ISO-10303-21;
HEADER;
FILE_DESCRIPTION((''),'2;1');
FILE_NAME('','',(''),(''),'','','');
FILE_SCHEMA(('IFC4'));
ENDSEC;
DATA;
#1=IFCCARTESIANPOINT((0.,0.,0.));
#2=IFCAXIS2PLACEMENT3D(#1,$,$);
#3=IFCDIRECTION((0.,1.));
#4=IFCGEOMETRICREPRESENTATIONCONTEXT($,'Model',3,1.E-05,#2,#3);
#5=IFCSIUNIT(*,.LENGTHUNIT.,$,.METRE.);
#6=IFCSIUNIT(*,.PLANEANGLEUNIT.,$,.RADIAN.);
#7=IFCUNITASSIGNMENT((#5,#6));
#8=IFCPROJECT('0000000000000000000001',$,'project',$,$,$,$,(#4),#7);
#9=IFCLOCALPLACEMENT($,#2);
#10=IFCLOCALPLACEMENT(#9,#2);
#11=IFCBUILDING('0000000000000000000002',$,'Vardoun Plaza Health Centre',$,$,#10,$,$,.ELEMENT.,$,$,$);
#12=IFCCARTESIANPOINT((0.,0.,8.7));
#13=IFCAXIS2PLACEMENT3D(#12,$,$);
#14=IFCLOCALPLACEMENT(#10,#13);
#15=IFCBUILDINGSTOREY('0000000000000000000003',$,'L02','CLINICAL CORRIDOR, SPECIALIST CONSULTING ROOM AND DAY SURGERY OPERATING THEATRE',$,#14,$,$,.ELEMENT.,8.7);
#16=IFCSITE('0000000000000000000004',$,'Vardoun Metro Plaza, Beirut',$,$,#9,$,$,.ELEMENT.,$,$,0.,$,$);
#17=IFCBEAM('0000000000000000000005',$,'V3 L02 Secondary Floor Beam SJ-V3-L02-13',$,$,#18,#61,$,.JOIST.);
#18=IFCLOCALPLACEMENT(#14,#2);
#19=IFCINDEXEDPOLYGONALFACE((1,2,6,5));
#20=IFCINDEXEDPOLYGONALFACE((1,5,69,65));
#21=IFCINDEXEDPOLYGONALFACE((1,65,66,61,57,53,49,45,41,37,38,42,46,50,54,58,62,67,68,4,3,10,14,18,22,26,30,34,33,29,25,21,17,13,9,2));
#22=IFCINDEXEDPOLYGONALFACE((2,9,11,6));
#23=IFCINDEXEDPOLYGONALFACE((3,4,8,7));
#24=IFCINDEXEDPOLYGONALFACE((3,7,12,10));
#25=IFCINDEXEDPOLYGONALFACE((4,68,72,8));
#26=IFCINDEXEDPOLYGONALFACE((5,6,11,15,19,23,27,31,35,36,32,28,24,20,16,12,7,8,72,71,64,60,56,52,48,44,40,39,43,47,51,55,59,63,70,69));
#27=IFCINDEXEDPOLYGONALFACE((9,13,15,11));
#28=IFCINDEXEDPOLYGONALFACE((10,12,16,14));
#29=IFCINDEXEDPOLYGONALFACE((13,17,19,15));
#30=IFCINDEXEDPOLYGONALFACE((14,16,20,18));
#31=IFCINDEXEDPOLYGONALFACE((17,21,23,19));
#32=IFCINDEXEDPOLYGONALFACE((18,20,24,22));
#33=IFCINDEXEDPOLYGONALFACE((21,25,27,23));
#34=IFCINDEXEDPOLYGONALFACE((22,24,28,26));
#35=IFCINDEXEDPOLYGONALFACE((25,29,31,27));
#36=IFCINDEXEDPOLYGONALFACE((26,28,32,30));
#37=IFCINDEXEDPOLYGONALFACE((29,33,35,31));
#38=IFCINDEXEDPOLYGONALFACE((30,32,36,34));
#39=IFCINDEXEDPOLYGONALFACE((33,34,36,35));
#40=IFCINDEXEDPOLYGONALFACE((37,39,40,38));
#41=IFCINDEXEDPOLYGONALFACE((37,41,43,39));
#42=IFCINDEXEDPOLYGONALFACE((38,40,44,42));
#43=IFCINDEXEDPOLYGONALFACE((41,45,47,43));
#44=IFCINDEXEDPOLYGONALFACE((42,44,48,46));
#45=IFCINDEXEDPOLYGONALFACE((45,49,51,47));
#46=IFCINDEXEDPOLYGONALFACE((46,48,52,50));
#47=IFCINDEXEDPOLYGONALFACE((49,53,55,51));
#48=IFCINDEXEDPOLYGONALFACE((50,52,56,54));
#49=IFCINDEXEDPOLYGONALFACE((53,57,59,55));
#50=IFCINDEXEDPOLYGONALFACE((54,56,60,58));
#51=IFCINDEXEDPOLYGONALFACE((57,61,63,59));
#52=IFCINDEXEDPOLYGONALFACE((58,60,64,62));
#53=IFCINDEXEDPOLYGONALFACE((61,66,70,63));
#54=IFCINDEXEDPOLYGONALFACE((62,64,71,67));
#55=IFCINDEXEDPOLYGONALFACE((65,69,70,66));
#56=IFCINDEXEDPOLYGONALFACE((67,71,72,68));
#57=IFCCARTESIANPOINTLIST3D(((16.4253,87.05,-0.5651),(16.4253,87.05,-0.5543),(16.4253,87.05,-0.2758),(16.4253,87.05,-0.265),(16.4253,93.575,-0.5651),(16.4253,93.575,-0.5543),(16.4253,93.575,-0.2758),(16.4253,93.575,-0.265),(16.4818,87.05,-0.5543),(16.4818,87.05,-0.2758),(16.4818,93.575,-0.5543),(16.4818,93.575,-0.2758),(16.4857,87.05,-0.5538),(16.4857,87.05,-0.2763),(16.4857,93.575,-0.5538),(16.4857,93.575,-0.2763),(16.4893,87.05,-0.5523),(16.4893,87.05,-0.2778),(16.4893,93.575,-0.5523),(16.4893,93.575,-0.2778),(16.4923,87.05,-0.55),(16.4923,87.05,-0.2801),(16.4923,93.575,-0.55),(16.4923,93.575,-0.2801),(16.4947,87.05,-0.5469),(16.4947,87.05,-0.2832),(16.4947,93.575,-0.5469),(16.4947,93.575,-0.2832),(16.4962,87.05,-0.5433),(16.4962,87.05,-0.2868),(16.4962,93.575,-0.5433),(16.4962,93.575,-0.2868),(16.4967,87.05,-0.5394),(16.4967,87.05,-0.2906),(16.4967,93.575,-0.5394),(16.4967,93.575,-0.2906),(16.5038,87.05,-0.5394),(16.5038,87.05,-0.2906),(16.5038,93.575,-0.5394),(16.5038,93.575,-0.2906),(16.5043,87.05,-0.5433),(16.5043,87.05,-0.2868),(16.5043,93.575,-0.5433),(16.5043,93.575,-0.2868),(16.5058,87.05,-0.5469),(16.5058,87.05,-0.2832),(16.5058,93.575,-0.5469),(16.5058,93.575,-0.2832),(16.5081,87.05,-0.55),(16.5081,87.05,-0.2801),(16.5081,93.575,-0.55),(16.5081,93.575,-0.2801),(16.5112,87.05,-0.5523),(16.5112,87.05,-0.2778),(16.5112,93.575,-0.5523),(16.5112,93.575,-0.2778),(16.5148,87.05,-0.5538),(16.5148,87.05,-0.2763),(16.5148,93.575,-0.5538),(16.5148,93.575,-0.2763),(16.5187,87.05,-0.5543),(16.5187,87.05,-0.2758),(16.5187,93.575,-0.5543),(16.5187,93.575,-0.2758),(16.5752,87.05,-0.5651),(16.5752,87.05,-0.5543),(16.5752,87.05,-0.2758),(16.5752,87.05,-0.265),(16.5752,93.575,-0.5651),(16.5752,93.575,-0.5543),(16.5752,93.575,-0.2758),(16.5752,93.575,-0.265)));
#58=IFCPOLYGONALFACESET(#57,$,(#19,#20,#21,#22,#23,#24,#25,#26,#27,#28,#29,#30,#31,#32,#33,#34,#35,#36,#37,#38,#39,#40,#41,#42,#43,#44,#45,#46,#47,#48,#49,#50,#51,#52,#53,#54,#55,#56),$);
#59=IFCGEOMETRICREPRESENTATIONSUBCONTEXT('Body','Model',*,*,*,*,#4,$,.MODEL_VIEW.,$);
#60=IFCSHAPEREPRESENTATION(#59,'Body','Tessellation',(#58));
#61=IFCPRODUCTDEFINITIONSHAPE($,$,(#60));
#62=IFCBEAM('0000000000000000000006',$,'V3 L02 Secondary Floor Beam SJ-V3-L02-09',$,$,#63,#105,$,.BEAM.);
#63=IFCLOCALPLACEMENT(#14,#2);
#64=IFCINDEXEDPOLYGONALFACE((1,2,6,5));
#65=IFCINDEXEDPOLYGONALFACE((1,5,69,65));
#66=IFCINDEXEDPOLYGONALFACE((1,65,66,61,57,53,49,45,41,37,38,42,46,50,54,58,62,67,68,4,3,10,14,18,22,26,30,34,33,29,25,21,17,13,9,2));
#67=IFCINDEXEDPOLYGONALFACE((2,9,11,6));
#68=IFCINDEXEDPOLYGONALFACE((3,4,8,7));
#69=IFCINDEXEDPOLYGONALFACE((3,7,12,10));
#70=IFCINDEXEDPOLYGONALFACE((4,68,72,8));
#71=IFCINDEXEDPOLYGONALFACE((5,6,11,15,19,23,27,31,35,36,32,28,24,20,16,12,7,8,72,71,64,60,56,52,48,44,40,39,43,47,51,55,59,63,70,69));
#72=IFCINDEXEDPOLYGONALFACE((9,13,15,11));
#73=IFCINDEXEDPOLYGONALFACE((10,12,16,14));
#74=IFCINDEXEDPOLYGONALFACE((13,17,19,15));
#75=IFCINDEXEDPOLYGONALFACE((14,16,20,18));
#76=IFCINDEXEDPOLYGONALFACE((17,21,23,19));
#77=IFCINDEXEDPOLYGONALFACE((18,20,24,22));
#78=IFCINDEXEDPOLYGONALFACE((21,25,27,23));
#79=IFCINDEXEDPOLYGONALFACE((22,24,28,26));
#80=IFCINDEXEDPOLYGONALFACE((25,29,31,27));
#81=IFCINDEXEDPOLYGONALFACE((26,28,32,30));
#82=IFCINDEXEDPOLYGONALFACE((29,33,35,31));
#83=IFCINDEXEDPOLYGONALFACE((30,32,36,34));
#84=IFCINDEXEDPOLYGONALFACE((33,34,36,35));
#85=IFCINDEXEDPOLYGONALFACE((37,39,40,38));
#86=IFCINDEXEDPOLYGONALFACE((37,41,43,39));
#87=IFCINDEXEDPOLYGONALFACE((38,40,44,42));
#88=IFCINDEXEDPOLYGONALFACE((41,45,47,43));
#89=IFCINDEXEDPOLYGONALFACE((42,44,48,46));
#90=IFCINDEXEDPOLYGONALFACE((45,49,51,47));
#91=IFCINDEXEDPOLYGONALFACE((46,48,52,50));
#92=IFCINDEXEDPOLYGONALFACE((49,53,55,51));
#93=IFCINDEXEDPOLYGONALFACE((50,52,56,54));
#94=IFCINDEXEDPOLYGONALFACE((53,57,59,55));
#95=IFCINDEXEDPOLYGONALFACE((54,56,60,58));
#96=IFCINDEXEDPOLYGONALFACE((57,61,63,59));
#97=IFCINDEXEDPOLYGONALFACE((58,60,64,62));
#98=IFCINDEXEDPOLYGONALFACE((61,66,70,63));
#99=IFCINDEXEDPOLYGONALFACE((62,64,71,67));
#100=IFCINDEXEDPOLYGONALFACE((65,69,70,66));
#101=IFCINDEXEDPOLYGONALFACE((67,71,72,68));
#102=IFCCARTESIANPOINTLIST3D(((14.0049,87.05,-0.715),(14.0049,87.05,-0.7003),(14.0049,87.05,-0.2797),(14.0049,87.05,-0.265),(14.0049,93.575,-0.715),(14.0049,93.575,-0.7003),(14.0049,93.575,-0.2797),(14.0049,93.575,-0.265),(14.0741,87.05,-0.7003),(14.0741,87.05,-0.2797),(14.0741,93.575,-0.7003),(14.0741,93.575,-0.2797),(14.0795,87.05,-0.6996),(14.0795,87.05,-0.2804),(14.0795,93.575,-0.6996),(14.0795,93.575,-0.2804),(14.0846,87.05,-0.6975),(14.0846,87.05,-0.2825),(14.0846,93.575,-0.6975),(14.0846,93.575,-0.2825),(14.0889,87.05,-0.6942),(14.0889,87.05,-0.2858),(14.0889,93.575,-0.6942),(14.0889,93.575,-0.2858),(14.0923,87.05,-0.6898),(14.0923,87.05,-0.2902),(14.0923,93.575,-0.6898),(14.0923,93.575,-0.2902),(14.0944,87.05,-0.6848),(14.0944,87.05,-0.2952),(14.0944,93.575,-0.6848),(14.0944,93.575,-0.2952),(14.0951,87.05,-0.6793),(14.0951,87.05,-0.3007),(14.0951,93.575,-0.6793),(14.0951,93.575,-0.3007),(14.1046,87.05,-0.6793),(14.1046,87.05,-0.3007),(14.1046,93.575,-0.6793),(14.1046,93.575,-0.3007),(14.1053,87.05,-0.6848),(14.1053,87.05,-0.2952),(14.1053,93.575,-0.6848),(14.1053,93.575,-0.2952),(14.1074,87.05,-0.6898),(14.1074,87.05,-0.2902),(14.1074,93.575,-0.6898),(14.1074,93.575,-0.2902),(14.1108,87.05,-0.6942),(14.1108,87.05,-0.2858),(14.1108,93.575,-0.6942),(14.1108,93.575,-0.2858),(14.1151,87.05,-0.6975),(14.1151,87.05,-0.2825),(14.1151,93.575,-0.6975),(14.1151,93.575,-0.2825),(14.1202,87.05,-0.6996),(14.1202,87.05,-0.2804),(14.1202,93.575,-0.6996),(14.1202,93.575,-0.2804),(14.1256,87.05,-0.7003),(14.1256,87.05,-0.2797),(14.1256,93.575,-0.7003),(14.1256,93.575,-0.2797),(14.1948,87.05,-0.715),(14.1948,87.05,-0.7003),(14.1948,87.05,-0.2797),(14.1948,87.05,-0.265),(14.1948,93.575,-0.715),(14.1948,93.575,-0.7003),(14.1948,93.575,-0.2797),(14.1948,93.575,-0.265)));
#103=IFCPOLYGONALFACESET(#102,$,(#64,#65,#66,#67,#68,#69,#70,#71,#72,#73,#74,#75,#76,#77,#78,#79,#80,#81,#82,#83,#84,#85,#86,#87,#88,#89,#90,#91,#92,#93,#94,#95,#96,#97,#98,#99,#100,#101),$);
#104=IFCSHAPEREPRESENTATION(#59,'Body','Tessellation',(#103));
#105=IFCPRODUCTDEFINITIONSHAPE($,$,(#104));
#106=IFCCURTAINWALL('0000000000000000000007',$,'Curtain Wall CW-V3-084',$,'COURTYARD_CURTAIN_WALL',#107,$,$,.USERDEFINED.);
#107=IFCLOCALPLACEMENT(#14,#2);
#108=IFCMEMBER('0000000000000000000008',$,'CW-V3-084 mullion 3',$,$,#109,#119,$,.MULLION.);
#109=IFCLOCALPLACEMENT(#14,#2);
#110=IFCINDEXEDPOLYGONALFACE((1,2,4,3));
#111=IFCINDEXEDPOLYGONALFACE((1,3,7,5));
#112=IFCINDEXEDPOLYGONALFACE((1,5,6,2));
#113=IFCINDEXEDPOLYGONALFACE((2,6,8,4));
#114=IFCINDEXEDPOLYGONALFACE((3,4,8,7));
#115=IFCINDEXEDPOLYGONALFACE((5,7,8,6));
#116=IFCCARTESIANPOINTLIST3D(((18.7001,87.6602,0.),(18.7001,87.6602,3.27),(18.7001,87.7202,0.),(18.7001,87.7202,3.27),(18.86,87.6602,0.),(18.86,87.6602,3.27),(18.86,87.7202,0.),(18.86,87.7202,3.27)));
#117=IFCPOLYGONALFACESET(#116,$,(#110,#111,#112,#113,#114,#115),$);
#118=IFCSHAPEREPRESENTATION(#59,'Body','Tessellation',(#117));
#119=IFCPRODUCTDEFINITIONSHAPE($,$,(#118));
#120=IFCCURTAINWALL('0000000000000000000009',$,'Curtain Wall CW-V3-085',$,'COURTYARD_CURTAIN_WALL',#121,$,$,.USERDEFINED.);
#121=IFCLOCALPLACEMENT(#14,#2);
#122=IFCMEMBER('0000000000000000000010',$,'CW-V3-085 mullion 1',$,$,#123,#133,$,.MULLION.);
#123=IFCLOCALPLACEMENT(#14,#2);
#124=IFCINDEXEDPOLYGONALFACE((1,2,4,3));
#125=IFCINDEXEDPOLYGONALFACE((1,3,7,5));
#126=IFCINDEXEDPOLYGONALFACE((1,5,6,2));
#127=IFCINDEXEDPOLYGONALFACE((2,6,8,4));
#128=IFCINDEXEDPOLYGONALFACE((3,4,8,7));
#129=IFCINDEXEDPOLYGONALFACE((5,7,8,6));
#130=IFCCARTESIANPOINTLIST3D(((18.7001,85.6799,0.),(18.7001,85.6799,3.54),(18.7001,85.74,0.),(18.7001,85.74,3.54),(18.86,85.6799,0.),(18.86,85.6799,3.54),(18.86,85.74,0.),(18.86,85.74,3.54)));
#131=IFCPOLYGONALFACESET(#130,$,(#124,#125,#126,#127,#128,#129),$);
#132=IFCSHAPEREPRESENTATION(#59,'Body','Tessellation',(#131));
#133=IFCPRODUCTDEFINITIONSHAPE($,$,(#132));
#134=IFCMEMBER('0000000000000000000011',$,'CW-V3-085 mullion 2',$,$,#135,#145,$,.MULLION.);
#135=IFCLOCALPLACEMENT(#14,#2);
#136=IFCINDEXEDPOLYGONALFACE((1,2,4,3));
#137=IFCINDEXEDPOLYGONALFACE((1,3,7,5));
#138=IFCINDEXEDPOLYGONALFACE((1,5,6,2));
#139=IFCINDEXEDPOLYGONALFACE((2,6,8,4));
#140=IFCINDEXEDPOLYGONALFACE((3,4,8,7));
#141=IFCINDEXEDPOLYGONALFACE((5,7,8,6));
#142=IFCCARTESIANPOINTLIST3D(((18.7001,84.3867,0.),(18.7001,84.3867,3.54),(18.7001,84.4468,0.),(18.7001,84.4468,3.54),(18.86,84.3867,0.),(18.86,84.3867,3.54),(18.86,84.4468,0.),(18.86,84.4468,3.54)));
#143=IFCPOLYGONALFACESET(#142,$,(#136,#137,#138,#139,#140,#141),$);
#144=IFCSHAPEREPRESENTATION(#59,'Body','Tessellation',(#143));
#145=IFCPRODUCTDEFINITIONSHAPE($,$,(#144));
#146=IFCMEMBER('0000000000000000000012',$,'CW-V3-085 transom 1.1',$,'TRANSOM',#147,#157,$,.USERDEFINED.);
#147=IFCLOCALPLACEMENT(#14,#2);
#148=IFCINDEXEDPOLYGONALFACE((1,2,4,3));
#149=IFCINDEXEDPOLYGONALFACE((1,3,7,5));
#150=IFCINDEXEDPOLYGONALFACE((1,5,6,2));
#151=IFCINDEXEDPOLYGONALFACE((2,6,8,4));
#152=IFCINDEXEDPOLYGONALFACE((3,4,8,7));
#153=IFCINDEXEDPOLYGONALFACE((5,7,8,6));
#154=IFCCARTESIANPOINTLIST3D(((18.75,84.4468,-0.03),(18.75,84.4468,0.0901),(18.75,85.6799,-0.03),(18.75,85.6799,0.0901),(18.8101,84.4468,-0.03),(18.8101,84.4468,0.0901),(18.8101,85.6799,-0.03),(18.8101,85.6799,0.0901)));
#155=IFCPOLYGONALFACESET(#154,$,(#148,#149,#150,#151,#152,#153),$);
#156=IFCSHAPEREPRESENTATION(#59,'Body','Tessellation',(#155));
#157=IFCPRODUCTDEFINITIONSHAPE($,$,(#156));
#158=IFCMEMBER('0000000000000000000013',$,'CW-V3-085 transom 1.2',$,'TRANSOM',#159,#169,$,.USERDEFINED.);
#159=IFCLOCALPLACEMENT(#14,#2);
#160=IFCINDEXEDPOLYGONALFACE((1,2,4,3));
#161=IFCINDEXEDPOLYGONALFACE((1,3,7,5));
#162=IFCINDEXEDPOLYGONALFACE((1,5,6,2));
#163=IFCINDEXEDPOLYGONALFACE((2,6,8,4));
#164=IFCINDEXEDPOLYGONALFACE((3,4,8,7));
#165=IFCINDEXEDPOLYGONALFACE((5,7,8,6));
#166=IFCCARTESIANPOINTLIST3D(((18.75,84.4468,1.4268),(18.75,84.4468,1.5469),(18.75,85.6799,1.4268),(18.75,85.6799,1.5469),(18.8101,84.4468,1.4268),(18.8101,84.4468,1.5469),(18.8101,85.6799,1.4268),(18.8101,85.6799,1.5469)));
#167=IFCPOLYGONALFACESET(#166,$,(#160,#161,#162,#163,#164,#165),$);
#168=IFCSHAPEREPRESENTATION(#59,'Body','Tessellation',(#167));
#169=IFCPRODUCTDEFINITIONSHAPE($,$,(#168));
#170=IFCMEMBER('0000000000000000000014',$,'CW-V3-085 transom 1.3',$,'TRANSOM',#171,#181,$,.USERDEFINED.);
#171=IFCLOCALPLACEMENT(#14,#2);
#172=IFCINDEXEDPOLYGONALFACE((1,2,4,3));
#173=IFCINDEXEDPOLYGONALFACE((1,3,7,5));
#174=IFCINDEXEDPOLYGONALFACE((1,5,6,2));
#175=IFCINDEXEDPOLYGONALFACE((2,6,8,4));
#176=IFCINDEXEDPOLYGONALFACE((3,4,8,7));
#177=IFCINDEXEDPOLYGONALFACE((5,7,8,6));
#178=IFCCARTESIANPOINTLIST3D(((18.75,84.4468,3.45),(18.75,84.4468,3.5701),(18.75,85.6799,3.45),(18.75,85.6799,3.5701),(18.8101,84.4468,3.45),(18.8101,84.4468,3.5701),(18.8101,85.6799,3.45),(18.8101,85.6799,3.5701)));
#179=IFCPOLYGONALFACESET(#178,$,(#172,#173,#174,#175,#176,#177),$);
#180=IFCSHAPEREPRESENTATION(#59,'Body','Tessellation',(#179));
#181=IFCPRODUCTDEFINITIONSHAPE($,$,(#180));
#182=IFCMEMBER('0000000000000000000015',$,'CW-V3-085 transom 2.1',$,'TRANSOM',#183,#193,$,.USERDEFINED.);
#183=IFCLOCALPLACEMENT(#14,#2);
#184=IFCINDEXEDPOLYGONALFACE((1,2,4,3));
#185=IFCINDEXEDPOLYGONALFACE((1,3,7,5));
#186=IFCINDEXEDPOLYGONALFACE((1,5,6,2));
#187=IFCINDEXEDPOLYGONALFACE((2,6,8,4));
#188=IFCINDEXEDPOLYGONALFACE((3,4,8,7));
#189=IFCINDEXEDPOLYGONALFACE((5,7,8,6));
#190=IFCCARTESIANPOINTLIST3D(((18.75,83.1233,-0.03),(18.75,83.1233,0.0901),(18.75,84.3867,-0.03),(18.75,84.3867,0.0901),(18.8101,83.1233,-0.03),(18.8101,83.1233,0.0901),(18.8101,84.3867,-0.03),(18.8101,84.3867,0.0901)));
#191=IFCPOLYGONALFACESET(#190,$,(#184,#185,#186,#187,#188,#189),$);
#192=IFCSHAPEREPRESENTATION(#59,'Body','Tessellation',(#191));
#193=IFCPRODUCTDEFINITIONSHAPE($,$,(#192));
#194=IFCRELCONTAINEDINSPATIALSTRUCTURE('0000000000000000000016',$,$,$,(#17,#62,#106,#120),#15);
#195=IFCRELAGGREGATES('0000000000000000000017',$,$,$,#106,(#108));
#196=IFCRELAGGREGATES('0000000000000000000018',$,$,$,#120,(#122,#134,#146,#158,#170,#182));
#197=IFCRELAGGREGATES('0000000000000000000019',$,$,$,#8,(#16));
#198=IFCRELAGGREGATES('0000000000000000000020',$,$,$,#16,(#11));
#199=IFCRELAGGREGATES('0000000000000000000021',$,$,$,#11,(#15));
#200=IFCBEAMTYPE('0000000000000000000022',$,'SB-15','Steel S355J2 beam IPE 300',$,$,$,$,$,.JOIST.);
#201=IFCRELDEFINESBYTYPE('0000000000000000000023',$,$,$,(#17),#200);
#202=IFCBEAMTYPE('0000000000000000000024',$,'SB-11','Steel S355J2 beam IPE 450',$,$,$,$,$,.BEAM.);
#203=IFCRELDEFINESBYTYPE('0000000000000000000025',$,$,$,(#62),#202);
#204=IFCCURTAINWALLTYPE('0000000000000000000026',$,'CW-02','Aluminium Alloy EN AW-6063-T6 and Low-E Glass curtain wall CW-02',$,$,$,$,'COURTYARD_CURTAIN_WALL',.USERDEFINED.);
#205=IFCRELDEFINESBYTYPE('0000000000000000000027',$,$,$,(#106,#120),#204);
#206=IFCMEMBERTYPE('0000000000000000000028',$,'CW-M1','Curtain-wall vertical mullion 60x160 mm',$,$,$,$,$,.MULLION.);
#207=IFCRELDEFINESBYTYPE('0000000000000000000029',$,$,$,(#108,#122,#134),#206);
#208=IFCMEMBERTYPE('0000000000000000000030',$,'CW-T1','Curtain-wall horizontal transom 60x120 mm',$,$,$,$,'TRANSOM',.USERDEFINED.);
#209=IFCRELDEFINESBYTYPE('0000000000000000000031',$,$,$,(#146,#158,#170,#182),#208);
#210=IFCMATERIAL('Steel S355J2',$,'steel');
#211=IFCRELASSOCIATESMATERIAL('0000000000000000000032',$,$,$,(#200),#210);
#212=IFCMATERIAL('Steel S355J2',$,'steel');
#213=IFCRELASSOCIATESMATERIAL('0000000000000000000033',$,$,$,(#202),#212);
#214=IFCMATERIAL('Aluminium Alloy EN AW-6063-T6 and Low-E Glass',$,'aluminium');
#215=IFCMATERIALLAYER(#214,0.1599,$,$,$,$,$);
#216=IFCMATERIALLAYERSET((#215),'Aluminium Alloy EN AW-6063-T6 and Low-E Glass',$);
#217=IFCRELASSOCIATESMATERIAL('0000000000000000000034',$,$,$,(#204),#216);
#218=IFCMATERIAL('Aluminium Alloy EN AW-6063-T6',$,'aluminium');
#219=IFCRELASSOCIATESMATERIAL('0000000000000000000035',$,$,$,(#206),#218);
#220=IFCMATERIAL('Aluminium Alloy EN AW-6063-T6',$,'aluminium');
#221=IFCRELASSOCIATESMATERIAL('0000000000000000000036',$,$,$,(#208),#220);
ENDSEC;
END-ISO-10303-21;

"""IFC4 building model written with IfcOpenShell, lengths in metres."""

from ifc_helpers import new_model, si_unit, direction, frame, origin, origin_2d, place, context, subcontext, project, spatial, rectangle, i_section, extrude, material, layer, layer_set, material_profile, profile_set, type_object, element, aggregate, save


model = new_model("IFC4")

# Units and contexts
model_context = context("Model", 3, precision=1e-05, world=origin(), true_north=direction((0.0, 1.0)))
body_context = subcontext(model_context, "Body", "Model", "MODEL_VIEW")
ifc_project = project(units=[si_unit("LENGTHUNIT", "METRE"), si_unit("PLANEANGLEUNIT", "RADIAN")], contexts=[model_context])

# Site, building, storey
site_placement = place(None, origin())
site = spatial("IfcSite", under=ifc_project, at=site_placement, Name="Vardoun Metro Plaza, Beirut", CompositionType="ELEMENT", RefElevation=0.0)
building_placement = place(site_placement, origin())
building = spatial("IfcBuilding", under=site, at=building_placement, Name="Vardoun Plaza Health Centre", CompositionType="ELEMENT")
storey_placement = place(building_placement, frame((0.0, 0.0, 8.7)))
storey = spatial("IfcBuildingStorey", under=building, at=storey_placement, Name="L02", Description="CLINICAL CORRIDOR, SPECIALIST CONSULTING ROOM AND DAY SURGERY OPERATING THEATRE", CompositionType="ELEMENT", Elevation=8.7)

# Beams
ifc_material_1 = material(Name="Steel S355J2", Category="steel")
ifc_material_profile_1 = material_profile(ifc_material_1, i_section(OverallWidth=0.1499, OverallDepth=0.3, WebThickness=0.0071, FlangeThickness=0.0107, FilletRadius=0.0149, at=origin_2d()), Name="IPE 300")
ifc_profile_set_1 = profile_set([ifc_material_profile_1], Name="Steel S355J2")
beam_type_1 = type_object("IfcBeamType", Name="SB-15", Description="Steel S355J2 beam IPE 300", PredefinedType="JOIST", material=ifc_profile_set_1)
beam_1_placement = place(storey_placement, frame((16.5002, 87.05, -0.415), z_axis=(0.0, 1.0, 0.0), x_axis=(-1.0, 0.0, 0.0)))
element("IfcBeam", 1, at=beam_1_placement, inside=storey, type_object=beam_type_1, Name="V3 L02 Secondary Floor Beam SJ-V3-L02-13", PredefinedType="JOIST", context=body_context, shape_type="SweptSolid", body=[
    extrude(i_section(OverallWidth=0.1499, OverallDepth=0.3, WebThickness=0.0071, FlangeThickness=0.0107, FilletRadius=0.0149, at=origin_2d()), origin(), (0.0, 0.0, 1.0), 6.5249),
])
ifc_material_2 = material(Name="Steel S355J2", Category="steel")
ifc_material_profile_2 = material_profile(ifc_material_2, i_section(OverallWidth=0.1899, OverallDepth=0.45, WebThickness=0.0095, FlangeThickness=0.0146, FilletRadius=0.021, at=origin_2d()), Name="IPE 450")
ifc_profile_set_2 = profile_set([ifc_material_profile_2], Name="Steel S355J2")
beam_type_2 = type_object("IfcBeamType", Name="SB-11", Description="Steel S355J2 beam IPE 450", PredefinedType="BEAM", material=ifc_profile_set_2)
beam_2_placement = place(storey_placement, frame((14.0999, 87.05, -0.49), z_axis=(0.0, 1.0, 0.0), x_axis=(-1.0, 0.0, 0.0)))
element("IfcBeam", 2, at=beam_2_placement, inside=storey, type_object=beam_type_2, Name="V3 L02 Secondary Floor Beam SJ-V3-L02-09", PredefinedType="BEAM", context=body_context, shape_type="SweptSolid", body=[
    extrude(i_section(OverallWidth=0.1899, OverallDepth=0.45, WebThickness=0.0095, FlangeThickness=0.0146, FilletRadius=0.021, at=origin_2d()), origin(), (0.0, 0.0, 1.0), 6.5249),
])

# Curtain wall, member
ifc_material_3 = material(Name="Aluminium Alloy EN AW-6063-T6 and Low-E Glass", Category="aluminium")
ifc_layer_1 = layer(ifc_material_3, 0.1599)
ifc_layer_set_1 = layer_set([ifc_layer_1], Name="Aluminium Alloy EN AW-6063-T6 and Low-E Glass")
curtain_wall_type = type_object("IfcCurtainWallType", Name="CW-02", Description="Aluminium Alloy EN AW-6063-T6 and Low-E Glass curtain wall CW-02", ElementType="COURTYARD_CURTAIN_WALL", PredefinedType="USERDEFINED", material=ifc_layer_set_1)
curtain_wall_1_placement = place(storey_placement, origin())
curtain_wall_1 = element("IfcCurtainWall", 3, at=curtain_wall_1_placement, inside=storey, type_object=curtain_wall_type, Name="Curtain Wall CW-V3-084", ObjectType="COURTYARD_CURTAIN_WALL", PredefinedType="USERDEFINED")
ifc_material_4 = material(Name="Aluminium Alloy EN AW-6063-T6", Category="aluminium")
ifc_material_profile_3 = material_profile(ifc_material_4, rectangle(XDim=0.1599, YDim=0.0601, at=origin_2d()), Name="CWM 60x160")
ifc_profile_set_3 = profile_set([ifc_material_profile_3], Name="Aluminium Alloy EN AW-6063-T6")
member_type_1 = type_object("IfcMemberType", Name="CW-M1", Description="Curtain-wall vertical mullion 60x160 mm", PredefinedType="MULLION", material=ifc_profile_set_3)
member_1_placement = place(storey_placement, frame((18.78, 87.6902, 0.0), z_axis=(0.0, 0.0, 1.0), x_axis=(1.0, 0.0, 0.0)))
member_1 = element("IfcMember", 4, at=member_1_placement, type_object=member_type_1, Name="CW-V3-084 mullion 3", PredefinedType="MULLION", context=body_context, shape_type="SweptSolid", body=[
    extrude(rectangle(XDim=0.1599, YDim=0.0601, at=origin_2d()), origin(), (0.0, 0.0, 1.0), 3.27),
])

# Curtain wall, members
curtain_wall_2_placement = place(storey_placement, origin())
curtain_wall_2 = element("IfcCurtainWall", 5, at=curtain_wall_2_placement, inside=storey, type_object=curtain_wall_type, Name="Curtain Wall CW-V3-085", ObjectType="COURTYARD_CURTAIN_WALL", PredefinedType="USERDEFINED")
member_2_placement = place(storey_placement, frame((18.78, 85.71, 0.0), z_axis=(0.0, 0.0, 1.0), x_axis=(1.0, 0.0, 0.0)))
member_2 = element("IfcMember", 6, at=member_2_placement, type_object=member_type_1, Name="CW-V3-085 mullion 1", PredefinedType="MULLION", context=body_context, shape_type="SweptSolid", body=[
    extrude(rectangle(XDim=0.1599, YDim=0.0601, at=origin_2d()), origin(), (0.0, 0.0, 1.0), 3.54),
])
member_3_placement = place(storey_placement, frame((18.78, 84.4167, 0.0), z_axis=(0.0, 0.0, 1.0), x_axis=(1.0, 0.0, 0.0)))
member_3 = element("IfcMember", 7, at=member_3_placement, type_object=member_type_1, Name="CW-V3-085 mullion 2", PredefinedType="MULLION", context=body_context, shape_type="SweptSolid", body=[
    extrude(rectangle(XDim=0.1599, YDim=0.0601, at=origin_2d()), origin(), (0.0, 0.0, 1.0), 3.54),
])
ifc_material_5 = material(Name="Aluminium Alloy EN AW-6063-T6", Category="aluminium")
ifc_material_profile_4 = material_profile(ifc_material_5, rectangle(XDim=0.0601, YDim=0.1201, at=origin_2d()), Name="CWT 60x120")
ifc_profile_set_4 = profile_set([ifc_material_profile_4], Name="Aluminium Alloy EN AW-6063-T6")
member_type_2 = type_object("IfcMemberType", Name="CW-T1", Description="Curtain-wall horizontal transom 60x120 mm", ElementType="TRANSOM", PredefinedType="USERDEFINED", material=ifc_profile_set_4)
member_4_placement = place(storey_placement, frame((18.78, 85.6799, 0.03), z_axis=(0.0, -1.0, 0.0), x_axis=(1.0, 0.0, 0.0)))
member_4 = element("IfcMember", 8, at=member_4_placement, type_object=member_type_2, Name="CW-V3-085 transom 1.1", ObjectType="TRANSOM", PredefinedType="USERDEFINED", context=body_context, shape_type="SweptSolid", body=[
    extrude(rectangle(XDim=0.0601, YDim=0.1201, at=origin_2d()), origin(), (0.0, 0.0, 1.0), 1.2332),
])
member_5_placement = place(storey_placement, frame((18.78, 85.6799, 1.4868), z_axis=(0.0, -1.0, 0.0), x_axis=(1.0, 0.0, 0.0)))
member_5 = element("IfcMember", 9, at=member_5_placement, type_object=member_type_2, Name="CW-V3-085 transom 1.2", ObjectType="TRANSOM", PredefinedType="USERDEFINED", context=body_context, shape_type="SweptSolid", body=[
    extrude(rectangle(XDim=0.0601, YDim=0.1201, at=origin_2d()), origin(), (0.0, 0.0, 1.0), 1.2332),
])
member_6_placement = place(storey_placement, frame((18.78, 85.6799, 3.51), z_axis=(0.0, -1.0, 0.0), x_axis=(1.0, 0.0, 0.0)))
member_6 = element("IfcMember", 10, at=member_6_placement, type_object=member_type_2, Name="CW-V3-085 transom 1.3", ObjectType="TRANSOM", PredefinedType="USERDEFINED", context=body_context, shape_type="SweptSolid", body=[
    extrude(rectangle(XDim=0.0601, YDim=0.1201, at=origin_2d()), origin(), (0.0, 0.0, 1.0), 1.2332),
])
member_7_placement = place(storey_placement, frame((18.78, 84.3867, 0.03), z_axis=(0.0, -1.0, 0.0), x_axis=(1.0, 0.0, 0.0)))
member_7 = element("IfcMember", 11, at=member_7_placement, type_object=member_type_2, Name="CW-V3-085 transom 2.1", ObjectType="TRANSOM", PredefinedType="USERDEFINED", context=body_context, shape_type="SweptSolid", body=[
    extrude(rectangle(XDim=0.0601, YDim=0.1201, at=origin_2d()), origin(), (0.0, 0.0, 1.0), 1.2634),
])

aggregate(curtain_wall_1, [member_1])
aggregate(curtain_wall_2, [member_2, member_3, member_4, member_5, member_6, member_7])

save(model, "model.ifc")
